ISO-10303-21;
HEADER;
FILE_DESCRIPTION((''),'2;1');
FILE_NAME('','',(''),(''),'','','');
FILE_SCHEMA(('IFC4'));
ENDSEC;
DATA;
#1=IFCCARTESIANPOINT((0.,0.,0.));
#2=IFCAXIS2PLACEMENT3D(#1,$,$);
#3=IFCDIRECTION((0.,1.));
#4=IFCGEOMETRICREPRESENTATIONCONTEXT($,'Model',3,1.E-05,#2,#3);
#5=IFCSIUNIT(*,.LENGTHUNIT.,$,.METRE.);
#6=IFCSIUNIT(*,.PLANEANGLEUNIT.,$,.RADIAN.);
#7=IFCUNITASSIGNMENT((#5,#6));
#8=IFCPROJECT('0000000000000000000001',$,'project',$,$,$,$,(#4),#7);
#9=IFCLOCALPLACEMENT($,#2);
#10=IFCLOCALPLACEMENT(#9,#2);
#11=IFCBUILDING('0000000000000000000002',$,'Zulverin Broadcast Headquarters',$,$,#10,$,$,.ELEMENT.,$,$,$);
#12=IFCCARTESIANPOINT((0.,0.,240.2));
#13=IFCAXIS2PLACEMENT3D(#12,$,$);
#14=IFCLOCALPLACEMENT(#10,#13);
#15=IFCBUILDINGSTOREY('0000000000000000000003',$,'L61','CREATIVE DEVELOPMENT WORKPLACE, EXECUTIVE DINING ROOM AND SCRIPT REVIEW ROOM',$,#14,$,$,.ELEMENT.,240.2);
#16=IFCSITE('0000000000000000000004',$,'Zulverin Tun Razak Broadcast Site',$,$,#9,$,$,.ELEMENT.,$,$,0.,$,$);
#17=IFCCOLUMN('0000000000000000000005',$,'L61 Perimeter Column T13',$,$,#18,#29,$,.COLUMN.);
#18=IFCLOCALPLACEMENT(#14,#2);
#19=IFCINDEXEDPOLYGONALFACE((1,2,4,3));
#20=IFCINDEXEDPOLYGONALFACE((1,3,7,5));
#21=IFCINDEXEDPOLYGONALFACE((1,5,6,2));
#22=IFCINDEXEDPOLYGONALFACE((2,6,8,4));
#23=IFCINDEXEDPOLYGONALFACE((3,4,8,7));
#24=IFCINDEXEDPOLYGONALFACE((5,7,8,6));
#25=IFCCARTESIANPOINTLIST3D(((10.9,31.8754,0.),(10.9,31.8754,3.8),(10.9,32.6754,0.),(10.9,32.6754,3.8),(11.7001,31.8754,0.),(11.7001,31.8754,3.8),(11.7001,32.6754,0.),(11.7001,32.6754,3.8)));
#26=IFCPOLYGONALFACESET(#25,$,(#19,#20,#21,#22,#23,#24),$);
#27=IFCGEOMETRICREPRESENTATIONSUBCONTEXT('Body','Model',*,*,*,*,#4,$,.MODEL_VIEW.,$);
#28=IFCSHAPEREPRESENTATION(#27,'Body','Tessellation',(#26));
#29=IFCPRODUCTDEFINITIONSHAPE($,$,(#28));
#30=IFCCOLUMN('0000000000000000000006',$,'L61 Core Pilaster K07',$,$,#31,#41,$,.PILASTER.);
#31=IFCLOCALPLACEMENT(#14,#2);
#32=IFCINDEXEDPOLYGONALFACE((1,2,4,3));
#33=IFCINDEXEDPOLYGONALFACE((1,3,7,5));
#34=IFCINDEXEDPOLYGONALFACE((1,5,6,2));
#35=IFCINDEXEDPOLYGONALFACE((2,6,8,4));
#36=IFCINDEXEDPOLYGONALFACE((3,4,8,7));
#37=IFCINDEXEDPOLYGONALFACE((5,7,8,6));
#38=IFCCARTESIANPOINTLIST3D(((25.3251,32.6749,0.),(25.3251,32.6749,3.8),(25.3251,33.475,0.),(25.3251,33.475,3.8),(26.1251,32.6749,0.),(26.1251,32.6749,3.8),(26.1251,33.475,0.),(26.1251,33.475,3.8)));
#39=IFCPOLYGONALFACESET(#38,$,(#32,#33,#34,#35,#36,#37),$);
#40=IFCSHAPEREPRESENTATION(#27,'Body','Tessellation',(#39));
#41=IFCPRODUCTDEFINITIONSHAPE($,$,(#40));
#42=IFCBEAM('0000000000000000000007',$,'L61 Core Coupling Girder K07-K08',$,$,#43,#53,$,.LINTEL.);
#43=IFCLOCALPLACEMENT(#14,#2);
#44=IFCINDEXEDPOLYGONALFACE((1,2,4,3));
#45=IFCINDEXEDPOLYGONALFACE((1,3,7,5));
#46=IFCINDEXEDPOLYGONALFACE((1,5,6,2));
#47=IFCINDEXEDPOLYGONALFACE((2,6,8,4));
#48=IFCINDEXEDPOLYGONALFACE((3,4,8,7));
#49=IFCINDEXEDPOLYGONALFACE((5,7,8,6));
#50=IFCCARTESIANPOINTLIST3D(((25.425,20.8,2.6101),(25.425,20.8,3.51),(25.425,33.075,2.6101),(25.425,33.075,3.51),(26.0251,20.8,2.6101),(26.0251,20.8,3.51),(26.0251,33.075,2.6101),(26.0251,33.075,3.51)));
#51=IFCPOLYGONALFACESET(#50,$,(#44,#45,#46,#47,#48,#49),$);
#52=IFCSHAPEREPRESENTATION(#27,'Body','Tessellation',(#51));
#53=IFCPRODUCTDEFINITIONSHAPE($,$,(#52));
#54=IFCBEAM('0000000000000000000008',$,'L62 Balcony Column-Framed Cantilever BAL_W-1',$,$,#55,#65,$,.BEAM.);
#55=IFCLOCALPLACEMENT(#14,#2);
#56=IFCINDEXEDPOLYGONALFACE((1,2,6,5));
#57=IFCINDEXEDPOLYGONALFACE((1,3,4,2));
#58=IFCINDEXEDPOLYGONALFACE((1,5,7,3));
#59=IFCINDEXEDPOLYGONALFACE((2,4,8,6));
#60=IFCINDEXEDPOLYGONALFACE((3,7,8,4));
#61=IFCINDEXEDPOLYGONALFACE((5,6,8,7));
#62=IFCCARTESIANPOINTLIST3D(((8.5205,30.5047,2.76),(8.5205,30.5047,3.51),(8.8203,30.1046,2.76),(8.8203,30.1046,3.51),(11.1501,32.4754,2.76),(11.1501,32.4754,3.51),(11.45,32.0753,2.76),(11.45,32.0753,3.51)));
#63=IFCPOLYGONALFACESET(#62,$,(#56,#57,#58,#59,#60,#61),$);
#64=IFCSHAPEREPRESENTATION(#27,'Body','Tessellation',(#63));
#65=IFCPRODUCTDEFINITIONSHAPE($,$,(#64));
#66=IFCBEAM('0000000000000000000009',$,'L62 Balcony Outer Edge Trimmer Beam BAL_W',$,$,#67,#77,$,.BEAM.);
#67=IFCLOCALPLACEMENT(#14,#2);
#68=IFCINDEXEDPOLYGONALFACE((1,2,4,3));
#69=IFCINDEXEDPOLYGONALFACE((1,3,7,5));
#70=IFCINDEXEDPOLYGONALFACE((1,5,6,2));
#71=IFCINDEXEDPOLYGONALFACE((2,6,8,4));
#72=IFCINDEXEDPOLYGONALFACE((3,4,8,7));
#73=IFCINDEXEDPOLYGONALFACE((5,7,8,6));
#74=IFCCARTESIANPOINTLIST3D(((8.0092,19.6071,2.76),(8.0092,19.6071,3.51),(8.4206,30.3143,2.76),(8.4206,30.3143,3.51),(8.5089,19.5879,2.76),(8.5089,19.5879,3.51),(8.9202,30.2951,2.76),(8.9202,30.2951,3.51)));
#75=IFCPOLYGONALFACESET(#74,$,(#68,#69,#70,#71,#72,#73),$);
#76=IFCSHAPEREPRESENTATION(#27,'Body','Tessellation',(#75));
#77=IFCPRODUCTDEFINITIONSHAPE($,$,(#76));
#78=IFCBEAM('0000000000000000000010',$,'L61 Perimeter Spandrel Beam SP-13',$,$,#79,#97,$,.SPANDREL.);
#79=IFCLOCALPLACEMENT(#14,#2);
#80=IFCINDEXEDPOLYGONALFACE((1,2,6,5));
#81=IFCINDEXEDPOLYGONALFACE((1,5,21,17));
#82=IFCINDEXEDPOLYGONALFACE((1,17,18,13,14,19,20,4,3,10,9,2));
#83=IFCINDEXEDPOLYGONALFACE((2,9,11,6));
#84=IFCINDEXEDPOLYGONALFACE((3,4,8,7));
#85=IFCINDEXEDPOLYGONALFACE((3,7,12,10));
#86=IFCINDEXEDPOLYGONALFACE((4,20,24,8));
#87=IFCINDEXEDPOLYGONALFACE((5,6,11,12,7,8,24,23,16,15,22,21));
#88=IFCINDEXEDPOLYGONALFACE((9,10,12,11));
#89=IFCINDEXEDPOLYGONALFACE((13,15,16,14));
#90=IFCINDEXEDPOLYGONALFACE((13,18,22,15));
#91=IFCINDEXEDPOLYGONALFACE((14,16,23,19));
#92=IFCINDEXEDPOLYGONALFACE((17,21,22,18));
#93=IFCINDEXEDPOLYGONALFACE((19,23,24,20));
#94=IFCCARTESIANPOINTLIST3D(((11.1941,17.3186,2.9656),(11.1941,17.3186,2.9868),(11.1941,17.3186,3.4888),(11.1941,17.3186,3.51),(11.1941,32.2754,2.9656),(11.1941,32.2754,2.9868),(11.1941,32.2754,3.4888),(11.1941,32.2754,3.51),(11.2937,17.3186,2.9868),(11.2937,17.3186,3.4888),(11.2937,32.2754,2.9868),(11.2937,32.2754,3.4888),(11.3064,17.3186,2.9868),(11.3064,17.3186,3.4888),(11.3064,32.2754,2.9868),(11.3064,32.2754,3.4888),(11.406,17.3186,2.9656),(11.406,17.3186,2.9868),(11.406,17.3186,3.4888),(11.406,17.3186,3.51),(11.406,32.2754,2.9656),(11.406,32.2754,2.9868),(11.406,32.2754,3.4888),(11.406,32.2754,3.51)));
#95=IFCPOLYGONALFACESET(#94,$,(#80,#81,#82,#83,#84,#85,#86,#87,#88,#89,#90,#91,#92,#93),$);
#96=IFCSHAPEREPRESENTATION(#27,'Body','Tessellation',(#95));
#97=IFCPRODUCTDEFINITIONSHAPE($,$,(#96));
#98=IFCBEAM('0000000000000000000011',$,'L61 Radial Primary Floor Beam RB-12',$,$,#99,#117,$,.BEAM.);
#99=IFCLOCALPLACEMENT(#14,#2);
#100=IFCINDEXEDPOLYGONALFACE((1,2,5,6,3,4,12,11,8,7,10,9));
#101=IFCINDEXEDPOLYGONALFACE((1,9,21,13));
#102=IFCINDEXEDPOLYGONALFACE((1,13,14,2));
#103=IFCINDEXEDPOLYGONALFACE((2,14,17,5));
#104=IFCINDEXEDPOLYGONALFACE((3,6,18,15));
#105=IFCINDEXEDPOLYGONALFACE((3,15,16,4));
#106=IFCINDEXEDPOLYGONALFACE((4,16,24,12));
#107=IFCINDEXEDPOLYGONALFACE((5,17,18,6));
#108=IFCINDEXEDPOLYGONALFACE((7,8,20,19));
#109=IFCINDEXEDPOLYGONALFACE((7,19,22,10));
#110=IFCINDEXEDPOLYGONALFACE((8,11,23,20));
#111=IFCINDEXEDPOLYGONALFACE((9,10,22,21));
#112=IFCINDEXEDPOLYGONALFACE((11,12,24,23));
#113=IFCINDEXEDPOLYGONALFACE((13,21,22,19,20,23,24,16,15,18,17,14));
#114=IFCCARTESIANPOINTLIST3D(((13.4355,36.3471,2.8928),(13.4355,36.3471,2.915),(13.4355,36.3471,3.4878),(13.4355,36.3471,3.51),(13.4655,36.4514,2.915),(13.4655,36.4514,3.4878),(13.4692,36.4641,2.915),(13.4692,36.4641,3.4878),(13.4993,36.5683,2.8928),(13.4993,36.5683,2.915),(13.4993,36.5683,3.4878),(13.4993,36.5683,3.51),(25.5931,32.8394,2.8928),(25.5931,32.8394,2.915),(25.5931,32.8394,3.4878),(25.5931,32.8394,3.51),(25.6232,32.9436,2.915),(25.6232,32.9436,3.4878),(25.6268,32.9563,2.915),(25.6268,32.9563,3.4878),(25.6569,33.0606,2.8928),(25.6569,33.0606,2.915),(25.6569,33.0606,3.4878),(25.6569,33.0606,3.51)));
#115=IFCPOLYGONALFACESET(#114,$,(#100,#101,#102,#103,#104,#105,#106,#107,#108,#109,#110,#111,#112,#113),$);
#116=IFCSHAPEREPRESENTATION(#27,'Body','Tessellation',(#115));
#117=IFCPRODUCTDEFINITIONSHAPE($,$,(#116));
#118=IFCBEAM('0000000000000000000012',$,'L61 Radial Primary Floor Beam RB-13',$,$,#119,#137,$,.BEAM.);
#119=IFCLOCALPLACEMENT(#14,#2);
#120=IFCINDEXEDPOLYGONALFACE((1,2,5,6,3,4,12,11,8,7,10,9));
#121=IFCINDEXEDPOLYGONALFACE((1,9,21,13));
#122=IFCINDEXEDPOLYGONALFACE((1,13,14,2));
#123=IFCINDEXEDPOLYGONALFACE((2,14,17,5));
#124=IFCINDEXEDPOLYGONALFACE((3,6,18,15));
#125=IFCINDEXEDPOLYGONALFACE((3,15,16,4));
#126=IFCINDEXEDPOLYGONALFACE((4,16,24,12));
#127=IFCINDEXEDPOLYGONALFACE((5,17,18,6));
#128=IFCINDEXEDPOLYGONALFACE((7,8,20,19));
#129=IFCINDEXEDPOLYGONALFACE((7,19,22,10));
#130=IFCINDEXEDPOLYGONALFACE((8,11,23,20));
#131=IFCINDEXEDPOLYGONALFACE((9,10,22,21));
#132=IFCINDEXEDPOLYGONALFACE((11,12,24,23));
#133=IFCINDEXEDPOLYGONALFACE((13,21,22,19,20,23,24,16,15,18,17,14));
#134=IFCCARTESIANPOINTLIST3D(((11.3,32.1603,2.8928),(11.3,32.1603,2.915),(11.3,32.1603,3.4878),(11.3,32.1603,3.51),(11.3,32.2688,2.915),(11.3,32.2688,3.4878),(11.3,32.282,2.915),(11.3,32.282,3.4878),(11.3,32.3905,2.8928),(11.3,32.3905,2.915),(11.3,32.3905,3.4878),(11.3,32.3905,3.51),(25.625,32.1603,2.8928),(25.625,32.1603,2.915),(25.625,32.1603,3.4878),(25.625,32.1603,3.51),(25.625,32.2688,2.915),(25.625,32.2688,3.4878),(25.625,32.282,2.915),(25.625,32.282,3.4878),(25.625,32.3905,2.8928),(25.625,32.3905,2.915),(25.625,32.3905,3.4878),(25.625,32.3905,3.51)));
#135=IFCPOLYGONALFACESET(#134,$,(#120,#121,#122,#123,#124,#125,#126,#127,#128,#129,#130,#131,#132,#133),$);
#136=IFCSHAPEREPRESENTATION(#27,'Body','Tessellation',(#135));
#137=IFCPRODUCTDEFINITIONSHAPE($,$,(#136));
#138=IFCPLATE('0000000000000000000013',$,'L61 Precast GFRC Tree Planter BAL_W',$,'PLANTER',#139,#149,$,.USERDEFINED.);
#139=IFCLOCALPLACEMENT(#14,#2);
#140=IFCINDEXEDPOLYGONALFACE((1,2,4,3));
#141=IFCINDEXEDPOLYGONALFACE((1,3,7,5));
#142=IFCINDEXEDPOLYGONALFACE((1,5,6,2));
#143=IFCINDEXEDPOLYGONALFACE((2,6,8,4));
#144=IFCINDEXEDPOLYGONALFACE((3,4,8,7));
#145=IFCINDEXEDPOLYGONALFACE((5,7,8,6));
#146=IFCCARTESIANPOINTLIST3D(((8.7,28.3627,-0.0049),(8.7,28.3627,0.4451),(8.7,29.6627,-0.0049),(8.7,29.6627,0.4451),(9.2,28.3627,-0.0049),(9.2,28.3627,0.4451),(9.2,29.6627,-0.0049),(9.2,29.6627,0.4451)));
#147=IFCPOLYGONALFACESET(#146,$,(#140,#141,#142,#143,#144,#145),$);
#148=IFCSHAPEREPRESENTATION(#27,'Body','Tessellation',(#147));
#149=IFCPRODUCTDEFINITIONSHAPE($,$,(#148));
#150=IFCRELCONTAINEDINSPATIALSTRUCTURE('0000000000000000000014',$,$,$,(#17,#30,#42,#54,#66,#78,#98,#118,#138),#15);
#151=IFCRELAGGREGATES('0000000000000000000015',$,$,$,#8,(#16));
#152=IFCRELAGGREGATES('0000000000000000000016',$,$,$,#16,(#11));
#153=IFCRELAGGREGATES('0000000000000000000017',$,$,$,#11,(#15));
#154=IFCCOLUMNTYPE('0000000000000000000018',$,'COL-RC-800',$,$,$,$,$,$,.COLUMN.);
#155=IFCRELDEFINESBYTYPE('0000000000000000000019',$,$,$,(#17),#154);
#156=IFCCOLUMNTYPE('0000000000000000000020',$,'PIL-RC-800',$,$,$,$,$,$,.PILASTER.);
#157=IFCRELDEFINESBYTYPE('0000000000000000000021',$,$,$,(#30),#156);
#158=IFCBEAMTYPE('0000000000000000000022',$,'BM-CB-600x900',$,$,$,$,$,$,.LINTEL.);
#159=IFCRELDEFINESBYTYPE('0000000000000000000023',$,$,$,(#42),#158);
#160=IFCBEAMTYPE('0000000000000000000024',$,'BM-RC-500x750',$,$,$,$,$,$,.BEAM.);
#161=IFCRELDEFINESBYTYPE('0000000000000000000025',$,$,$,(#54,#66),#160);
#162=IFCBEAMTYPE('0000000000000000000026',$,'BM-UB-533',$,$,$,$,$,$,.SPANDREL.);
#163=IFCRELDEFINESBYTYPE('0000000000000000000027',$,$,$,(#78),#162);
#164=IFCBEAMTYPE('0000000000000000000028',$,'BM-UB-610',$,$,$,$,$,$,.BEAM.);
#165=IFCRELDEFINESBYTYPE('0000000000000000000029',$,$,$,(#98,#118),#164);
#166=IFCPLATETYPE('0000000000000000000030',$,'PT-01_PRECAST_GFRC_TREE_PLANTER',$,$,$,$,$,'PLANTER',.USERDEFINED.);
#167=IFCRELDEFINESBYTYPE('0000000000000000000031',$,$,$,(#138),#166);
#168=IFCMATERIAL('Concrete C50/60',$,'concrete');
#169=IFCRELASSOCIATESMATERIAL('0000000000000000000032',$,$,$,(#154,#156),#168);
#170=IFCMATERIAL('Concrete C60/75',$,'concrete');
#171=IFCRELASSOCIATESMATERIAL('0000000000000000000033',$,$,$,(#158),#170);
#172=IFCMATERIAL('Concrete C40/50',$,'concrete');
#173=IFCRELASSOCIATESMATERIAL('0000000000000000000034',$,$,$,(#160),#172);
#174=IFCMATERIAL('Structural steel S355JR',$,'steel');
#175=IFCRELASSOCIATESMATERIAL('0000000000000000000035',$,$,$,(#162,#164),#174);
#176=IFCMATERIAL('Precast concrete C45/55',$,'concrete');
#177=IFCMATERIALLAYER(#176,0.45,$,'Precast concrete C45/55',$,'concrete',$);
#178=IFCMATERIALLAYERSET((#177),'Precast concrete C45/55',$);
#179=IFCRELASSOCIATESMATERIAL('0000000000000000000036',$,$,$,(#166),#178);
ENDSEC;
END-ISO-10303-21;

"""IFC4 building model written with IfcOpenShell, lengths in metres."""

from ifc_helpers import new_model, si_unit, direction, frame, origin, origin_2d, place, context, subcontext, project, spatial, rectangle, i_section, extrude, material, layer, layer_set, material_profile, profile_set, type_object, element, save


model = new_model("IFC4")

# Units and contexts
model_context = context("Model", 3, precision=1e-05, world=origin(), true_north=direction((0.0, 1.0)))
body_context = subcontext(model_context, "Body", "Model", "MODEL_VIEW")
ifc_project = project(units=[si_unit("LENGTHUNIT", "METRE"), si_unit("PLANEANGLEUNIT", "RADIAN")], contexts=[model_context])

# Site, building, storey
site_placement = place(None, origin())
site = spatial("IfcSite", under=ifc_project, at=site_placement, Name="Zulverin Tun Razak Broadcast Site", CompositionType="ELEMENT", RefElevation=0.0)
building_placement = place(site_placement, origin())
building = spatial("IfcBuilding", under=site, at=building_placement, Name="Zulverin Broadcast Headquarters", CompositionType="ELEMENT")
storey_placement = place(building_placement, frame((0.0, 0.0, 240.2)))
storey = spatial("IfcBuildingStorey", under=building, at=storey_placement, Name="L61", Description="CREATIVE DEVELOPMENT WORKPLACE, EXECUTIVE DINING ROOM AND SCRIPT REVIEW ROOM", CompositionType="ELEMENT", Elevation=240.2)

# Columns
ifc_material_1 = material(Name="Concrete C50/60", Category="concrete")
ifc_material_profile_1 = material_profile(ifc_material_1, rectangle(XDim=0.8, YDim=0.8, at=origin_2d()), Name="Concrete C50/60", Category="concrete")
ifc_profile_set_1 = profile_set([ifc_material_profile_1], Name="Concrete C50/60")
column_type_1 = type_object("IfcColumnType", Name="COL-RC-800", PredefinedType="COLUMN", material=ifc_profile_set_1)
column_1_placement = place(storey_placement, frame((11.3, 32.2754, 0.0), z_axis=(0.0, 0.0, 1.0), x_axis=(1.0, 0.0, 0.0)))
element("IfcColumn", 1, at=column_1_placement, inside=storey, type_object=column_type_1, Name="L61 Perimeter Column T13", PredefinedType="COLUMN", context=body_context, shape_type="SweptSolid", body=[
    extrude(rectangle(XDim=0.8, YDim=0.8, at=origin_2d()), origin(), (0.0, 0.0, 1.0), 3.8),
])
ifc_material_profile_2 = material_profile(ifc_material_1, rectangle(XDim=0.8, YDim=0.8, at=origin_2d()), Name="Concrete C50/60", Category="concrete")
ifc_profile_set_2 = profile_set([ifc_material_profile_2], Name="Concrete C50/60")
column_type_2 = type_object("IfcColumnType", Name="PIL-RC-800", PredefinedType="PILASTER", material=ifc_profile_set_2)
column_2_placement = place(storey_placement, frame((25.7251, 33.075, 0.0), z_axis=(0.0, 0.0, 1.0), x_axis=(1.0, 0.0, 0.0)))
element("IfcColumn", 2, at=column_2_placement, inside=storey, type_object=column_type_2, Name="L61 Core Pilaster K07", PredefinedType="PILASTER", context=body_context, shape_type="SweptSolid", body=[
    extrude(rectangle(XDim=0.8, YDim=0.8, at=origin_2d()), origin(), (0.0, 0.0, 1.0), 3.8),
])

# Beams
ifc_material_2 = material(Name="Concrete C60/75", Category="concrete")
ifc_material_profile_3 = material_profile(ifc_material_2, rectangle(XDim=0.6001, YDim=0.8999, at=origin_2d()), Name="Concrete C60/75", Category="concrete")
ifc_profile_set_3 = profile_set([ifc_material_profile_3], Name="Concrete C60/75")
beam_type_1 = type_object("IfcBeamType", Name="BM-CB-600x900", PredefinedType="LINTEL", material=ifc_profile_set_3)
beam_1_placement = place(storey_placement, frame((25.7251, 33.075, 3.0601), z_axis=(0.0, -1.0, 0.0), x_axis=(1.0, 0.0, 0.0)))
element("IfcBeam", 3, at=beam_1_placement, inside=storey, type_object=beam_type_1, Name="L61 Core Coupling Girder K07-K08", PredefinedType="LINTEL", context=body_context, shape_type="SweptSolid", body=[
    extrude(rectangle(XDim=0.6001, YDim=0.8999, at=origin_2d()), origin(), (0.0, 0.0, 1.0), 12.2749),
])
ifc_material_3 = material(Name="Concrete C40/50", Category="concrete")
ifc_material_profile_4 = material_profile(ifc_material_3, rectangle(XDim=0.5, YDim=0.75, at=origin_2d()), Name="Concrete C40/50", Category="concrete")
ifc_profile_set_4 = profile_set([ifc_material_profile_4], Name="Concrete C40/50")
beam_type_2 = type_object("IfcBeamType", Name="BM-RC-500x750", PredefinedType="BEAM", material=ifc_profile_set_4)
beam_2_placement = place(storey_placement, frame((11.3, 32.2754, 3.135), z_axis=(-0.800223, -0.599703, 0.0), x_axis=(0.599703, -0.800223, 0.0)))
element("IfcBeam", 4, at=beam_2_placement, inside=storey, type_object=beam_type_2, Name="L62 Balcony Column-Framed Cantilever BAL_W-1", PredefinedType="BEAM", context=body_context, shape_type="SweptSolid", body=[
    extrude(rectangle(XDim=0.5, YDim=0.75, at=origin_2d()), origin(), (0.0, 0.0, 1.0), 3.2861),
])
beam_3_placement = place(storey_placement, frame((8.6704, 30.3047, 3.135), z_axis=(-0.038392, -0.999263, 0.0), x_axis=(0.999263, -0.038392, 0.0)))
element("IfcBeam", 5, at=beam_3_placement, inside=storey, type_object=beam_type_2, Name="L62 Balcony Outer Edge Trimmer Beam BAL_W", PredefinedType="BEAM", context=body_context, shape_type="SweptSolid", body=[
    extrude(rectangle(XDim=0.5, YDim=0.75, at=origin_2d()), origin(), (0.0, 0.0, 1.0), 10.7151),
])
ifc_material_4 = material(Name="Structural steel S355JR", Category="steel")
ifc_material_profile_5 = material_profile(ifc_material_4, i_section(OverallWidth=0.2119, OverallDepth=0.5444, WebThickness=0.0127, FlangeThickness=0.0212, at=origin_2d()), Name="Structural steel S355JR", Category="steel")
ifc_profile_set_5 = profile_set([ifc_material_profile_5], Name="Structural steel S355JR")
beam_type_3 = type_object("IfcBeamType", Name="BM-UB-533", PredefinedType="SPANDREL", material=ifc_profile_set_5)
beam_4_placement = place(storey_placement, frame((11.3, 32.2754, 3.2378), z_axis=(0.0, -1.0, 0.0), x_axis=(1.0, 0.0, 0.0)))
element("IfcBeam", 6, at=beam_4_placement, inside=storey, type_object=beam_type_3, Name="L61 Perimeter Spandrel Beam SP-13", PredefinedType="SPANDREL", context=body_context, shape_type="SweptSolid", body=[
    extrude(i_section(OverallWidth=0.2119, OverallDepth=0.5444, WebThickness=0.0127, FlangeThickness=0.0212, at=origin_2d()), origin(), (0.0, 0.0, 1.0), 14.9568),
])
ifc_material_profile_6 = material_profile(ifc_material_4, i_section(OverallWidth=0.2302, OverallDepth=0.6172, WebThickness=0.0132, FlangeThickness=0.0222, at=origin_2d()), Name="Structural steel S355JR", Category="steel")
ifc_profile_set_6 = profile_set([ifc_material_profile_6], Name="Structural steel S355JR")
beam_type_4 = type_object("IfcBeamType", Name="BM-UB-610", PredefinedType="BEAM", material=ifc_profile_set_6)
beam_5_placement = place(storey_placement, frame((25.625, 32.95, 3.2014), z_axis=(-0.960807, 0.277218, 0.0), x_axis=(-0.277218, -0.960807, 0.0)))
element("IfcBeam", 7, at=beam_5_placement, inside=storey, type_object=beam_type_4, Name="L61 Radial Primary Floor Beam RB-12", PredefinedType="BEAM", context=body_context, shape_type="SweptSolid", body=[
    extrude(i_section(OverallWidth=0.2302, OverallDepth=0.6172, WebThickness=0.0132, FlangeThickness=0.0222, at=origin_2d()), origin(), (0.0, 0.0, 1.0), 12.6536),
])
beam_6_placement = place(storey_placement, frame((25.625, 32.2754, 3.2014), z_axis=(-1.0, 0.0, 0.0), x_axis=(0.0, -1.0, 0.0)))
element("IfcBeam", 8, at=beam_6_placement, inside=storey, type_object=beam_type_4, Name="L61 Radial Primary Floor Beam RB-13", PredefinedType="BEAM", context=body_context, shape_type="SweptSolid", body=[
    extrude(i_section(OverallWidth=0.2302, OverallDepth=0.6172, WebThickness=0.0132, FlangeThickness=0.0222, at=origin_2d()), origin(), (0.0, 0.0, 1.0), 14.325),
])

# Plate
ifc_material_5 = material(Name="Precast concrete C45/55", Category="concrete")
ifc_layer_1 = layer(ifc_material_5, 0.45, Name="Precast concrete C45/55", Category="concrete")
ifc_layer_set_1 = layer_set([ifc_layer_1], Name="Precast concrete C45/55")
plate_type = type_object("IfcPlateType", Name="PT-01_PRECAST_GFRC_TREE_PLANTER", ElementType="PLANTER", PredefinedType="USERDEFINED", material=ifc_layer_set_1)
plate_placement = place(storey_placement, frame((8.95, 29.0127, -0.0049), z_axis=(0.0, 0.0, 1.0), x_axis=(0.0, 1.0, 0.0)))
element("IfcPlate", 9, at=plate_placement, inside=storey, type_object=plate_type, Name="L61 Precast GFRC Tree Planter BAL_W", ObjectType="PLANTER", PredefinedType="USERDEFINED", context=body_context, shape_type="SweptSolid", body=[
    extrude(rectangle(XDim=1.3, YDim=0.5, at=origin_2d()), origin(), (0.0, 0.0, 1.0), 0.45),
])

save(model, "model.ifc")
